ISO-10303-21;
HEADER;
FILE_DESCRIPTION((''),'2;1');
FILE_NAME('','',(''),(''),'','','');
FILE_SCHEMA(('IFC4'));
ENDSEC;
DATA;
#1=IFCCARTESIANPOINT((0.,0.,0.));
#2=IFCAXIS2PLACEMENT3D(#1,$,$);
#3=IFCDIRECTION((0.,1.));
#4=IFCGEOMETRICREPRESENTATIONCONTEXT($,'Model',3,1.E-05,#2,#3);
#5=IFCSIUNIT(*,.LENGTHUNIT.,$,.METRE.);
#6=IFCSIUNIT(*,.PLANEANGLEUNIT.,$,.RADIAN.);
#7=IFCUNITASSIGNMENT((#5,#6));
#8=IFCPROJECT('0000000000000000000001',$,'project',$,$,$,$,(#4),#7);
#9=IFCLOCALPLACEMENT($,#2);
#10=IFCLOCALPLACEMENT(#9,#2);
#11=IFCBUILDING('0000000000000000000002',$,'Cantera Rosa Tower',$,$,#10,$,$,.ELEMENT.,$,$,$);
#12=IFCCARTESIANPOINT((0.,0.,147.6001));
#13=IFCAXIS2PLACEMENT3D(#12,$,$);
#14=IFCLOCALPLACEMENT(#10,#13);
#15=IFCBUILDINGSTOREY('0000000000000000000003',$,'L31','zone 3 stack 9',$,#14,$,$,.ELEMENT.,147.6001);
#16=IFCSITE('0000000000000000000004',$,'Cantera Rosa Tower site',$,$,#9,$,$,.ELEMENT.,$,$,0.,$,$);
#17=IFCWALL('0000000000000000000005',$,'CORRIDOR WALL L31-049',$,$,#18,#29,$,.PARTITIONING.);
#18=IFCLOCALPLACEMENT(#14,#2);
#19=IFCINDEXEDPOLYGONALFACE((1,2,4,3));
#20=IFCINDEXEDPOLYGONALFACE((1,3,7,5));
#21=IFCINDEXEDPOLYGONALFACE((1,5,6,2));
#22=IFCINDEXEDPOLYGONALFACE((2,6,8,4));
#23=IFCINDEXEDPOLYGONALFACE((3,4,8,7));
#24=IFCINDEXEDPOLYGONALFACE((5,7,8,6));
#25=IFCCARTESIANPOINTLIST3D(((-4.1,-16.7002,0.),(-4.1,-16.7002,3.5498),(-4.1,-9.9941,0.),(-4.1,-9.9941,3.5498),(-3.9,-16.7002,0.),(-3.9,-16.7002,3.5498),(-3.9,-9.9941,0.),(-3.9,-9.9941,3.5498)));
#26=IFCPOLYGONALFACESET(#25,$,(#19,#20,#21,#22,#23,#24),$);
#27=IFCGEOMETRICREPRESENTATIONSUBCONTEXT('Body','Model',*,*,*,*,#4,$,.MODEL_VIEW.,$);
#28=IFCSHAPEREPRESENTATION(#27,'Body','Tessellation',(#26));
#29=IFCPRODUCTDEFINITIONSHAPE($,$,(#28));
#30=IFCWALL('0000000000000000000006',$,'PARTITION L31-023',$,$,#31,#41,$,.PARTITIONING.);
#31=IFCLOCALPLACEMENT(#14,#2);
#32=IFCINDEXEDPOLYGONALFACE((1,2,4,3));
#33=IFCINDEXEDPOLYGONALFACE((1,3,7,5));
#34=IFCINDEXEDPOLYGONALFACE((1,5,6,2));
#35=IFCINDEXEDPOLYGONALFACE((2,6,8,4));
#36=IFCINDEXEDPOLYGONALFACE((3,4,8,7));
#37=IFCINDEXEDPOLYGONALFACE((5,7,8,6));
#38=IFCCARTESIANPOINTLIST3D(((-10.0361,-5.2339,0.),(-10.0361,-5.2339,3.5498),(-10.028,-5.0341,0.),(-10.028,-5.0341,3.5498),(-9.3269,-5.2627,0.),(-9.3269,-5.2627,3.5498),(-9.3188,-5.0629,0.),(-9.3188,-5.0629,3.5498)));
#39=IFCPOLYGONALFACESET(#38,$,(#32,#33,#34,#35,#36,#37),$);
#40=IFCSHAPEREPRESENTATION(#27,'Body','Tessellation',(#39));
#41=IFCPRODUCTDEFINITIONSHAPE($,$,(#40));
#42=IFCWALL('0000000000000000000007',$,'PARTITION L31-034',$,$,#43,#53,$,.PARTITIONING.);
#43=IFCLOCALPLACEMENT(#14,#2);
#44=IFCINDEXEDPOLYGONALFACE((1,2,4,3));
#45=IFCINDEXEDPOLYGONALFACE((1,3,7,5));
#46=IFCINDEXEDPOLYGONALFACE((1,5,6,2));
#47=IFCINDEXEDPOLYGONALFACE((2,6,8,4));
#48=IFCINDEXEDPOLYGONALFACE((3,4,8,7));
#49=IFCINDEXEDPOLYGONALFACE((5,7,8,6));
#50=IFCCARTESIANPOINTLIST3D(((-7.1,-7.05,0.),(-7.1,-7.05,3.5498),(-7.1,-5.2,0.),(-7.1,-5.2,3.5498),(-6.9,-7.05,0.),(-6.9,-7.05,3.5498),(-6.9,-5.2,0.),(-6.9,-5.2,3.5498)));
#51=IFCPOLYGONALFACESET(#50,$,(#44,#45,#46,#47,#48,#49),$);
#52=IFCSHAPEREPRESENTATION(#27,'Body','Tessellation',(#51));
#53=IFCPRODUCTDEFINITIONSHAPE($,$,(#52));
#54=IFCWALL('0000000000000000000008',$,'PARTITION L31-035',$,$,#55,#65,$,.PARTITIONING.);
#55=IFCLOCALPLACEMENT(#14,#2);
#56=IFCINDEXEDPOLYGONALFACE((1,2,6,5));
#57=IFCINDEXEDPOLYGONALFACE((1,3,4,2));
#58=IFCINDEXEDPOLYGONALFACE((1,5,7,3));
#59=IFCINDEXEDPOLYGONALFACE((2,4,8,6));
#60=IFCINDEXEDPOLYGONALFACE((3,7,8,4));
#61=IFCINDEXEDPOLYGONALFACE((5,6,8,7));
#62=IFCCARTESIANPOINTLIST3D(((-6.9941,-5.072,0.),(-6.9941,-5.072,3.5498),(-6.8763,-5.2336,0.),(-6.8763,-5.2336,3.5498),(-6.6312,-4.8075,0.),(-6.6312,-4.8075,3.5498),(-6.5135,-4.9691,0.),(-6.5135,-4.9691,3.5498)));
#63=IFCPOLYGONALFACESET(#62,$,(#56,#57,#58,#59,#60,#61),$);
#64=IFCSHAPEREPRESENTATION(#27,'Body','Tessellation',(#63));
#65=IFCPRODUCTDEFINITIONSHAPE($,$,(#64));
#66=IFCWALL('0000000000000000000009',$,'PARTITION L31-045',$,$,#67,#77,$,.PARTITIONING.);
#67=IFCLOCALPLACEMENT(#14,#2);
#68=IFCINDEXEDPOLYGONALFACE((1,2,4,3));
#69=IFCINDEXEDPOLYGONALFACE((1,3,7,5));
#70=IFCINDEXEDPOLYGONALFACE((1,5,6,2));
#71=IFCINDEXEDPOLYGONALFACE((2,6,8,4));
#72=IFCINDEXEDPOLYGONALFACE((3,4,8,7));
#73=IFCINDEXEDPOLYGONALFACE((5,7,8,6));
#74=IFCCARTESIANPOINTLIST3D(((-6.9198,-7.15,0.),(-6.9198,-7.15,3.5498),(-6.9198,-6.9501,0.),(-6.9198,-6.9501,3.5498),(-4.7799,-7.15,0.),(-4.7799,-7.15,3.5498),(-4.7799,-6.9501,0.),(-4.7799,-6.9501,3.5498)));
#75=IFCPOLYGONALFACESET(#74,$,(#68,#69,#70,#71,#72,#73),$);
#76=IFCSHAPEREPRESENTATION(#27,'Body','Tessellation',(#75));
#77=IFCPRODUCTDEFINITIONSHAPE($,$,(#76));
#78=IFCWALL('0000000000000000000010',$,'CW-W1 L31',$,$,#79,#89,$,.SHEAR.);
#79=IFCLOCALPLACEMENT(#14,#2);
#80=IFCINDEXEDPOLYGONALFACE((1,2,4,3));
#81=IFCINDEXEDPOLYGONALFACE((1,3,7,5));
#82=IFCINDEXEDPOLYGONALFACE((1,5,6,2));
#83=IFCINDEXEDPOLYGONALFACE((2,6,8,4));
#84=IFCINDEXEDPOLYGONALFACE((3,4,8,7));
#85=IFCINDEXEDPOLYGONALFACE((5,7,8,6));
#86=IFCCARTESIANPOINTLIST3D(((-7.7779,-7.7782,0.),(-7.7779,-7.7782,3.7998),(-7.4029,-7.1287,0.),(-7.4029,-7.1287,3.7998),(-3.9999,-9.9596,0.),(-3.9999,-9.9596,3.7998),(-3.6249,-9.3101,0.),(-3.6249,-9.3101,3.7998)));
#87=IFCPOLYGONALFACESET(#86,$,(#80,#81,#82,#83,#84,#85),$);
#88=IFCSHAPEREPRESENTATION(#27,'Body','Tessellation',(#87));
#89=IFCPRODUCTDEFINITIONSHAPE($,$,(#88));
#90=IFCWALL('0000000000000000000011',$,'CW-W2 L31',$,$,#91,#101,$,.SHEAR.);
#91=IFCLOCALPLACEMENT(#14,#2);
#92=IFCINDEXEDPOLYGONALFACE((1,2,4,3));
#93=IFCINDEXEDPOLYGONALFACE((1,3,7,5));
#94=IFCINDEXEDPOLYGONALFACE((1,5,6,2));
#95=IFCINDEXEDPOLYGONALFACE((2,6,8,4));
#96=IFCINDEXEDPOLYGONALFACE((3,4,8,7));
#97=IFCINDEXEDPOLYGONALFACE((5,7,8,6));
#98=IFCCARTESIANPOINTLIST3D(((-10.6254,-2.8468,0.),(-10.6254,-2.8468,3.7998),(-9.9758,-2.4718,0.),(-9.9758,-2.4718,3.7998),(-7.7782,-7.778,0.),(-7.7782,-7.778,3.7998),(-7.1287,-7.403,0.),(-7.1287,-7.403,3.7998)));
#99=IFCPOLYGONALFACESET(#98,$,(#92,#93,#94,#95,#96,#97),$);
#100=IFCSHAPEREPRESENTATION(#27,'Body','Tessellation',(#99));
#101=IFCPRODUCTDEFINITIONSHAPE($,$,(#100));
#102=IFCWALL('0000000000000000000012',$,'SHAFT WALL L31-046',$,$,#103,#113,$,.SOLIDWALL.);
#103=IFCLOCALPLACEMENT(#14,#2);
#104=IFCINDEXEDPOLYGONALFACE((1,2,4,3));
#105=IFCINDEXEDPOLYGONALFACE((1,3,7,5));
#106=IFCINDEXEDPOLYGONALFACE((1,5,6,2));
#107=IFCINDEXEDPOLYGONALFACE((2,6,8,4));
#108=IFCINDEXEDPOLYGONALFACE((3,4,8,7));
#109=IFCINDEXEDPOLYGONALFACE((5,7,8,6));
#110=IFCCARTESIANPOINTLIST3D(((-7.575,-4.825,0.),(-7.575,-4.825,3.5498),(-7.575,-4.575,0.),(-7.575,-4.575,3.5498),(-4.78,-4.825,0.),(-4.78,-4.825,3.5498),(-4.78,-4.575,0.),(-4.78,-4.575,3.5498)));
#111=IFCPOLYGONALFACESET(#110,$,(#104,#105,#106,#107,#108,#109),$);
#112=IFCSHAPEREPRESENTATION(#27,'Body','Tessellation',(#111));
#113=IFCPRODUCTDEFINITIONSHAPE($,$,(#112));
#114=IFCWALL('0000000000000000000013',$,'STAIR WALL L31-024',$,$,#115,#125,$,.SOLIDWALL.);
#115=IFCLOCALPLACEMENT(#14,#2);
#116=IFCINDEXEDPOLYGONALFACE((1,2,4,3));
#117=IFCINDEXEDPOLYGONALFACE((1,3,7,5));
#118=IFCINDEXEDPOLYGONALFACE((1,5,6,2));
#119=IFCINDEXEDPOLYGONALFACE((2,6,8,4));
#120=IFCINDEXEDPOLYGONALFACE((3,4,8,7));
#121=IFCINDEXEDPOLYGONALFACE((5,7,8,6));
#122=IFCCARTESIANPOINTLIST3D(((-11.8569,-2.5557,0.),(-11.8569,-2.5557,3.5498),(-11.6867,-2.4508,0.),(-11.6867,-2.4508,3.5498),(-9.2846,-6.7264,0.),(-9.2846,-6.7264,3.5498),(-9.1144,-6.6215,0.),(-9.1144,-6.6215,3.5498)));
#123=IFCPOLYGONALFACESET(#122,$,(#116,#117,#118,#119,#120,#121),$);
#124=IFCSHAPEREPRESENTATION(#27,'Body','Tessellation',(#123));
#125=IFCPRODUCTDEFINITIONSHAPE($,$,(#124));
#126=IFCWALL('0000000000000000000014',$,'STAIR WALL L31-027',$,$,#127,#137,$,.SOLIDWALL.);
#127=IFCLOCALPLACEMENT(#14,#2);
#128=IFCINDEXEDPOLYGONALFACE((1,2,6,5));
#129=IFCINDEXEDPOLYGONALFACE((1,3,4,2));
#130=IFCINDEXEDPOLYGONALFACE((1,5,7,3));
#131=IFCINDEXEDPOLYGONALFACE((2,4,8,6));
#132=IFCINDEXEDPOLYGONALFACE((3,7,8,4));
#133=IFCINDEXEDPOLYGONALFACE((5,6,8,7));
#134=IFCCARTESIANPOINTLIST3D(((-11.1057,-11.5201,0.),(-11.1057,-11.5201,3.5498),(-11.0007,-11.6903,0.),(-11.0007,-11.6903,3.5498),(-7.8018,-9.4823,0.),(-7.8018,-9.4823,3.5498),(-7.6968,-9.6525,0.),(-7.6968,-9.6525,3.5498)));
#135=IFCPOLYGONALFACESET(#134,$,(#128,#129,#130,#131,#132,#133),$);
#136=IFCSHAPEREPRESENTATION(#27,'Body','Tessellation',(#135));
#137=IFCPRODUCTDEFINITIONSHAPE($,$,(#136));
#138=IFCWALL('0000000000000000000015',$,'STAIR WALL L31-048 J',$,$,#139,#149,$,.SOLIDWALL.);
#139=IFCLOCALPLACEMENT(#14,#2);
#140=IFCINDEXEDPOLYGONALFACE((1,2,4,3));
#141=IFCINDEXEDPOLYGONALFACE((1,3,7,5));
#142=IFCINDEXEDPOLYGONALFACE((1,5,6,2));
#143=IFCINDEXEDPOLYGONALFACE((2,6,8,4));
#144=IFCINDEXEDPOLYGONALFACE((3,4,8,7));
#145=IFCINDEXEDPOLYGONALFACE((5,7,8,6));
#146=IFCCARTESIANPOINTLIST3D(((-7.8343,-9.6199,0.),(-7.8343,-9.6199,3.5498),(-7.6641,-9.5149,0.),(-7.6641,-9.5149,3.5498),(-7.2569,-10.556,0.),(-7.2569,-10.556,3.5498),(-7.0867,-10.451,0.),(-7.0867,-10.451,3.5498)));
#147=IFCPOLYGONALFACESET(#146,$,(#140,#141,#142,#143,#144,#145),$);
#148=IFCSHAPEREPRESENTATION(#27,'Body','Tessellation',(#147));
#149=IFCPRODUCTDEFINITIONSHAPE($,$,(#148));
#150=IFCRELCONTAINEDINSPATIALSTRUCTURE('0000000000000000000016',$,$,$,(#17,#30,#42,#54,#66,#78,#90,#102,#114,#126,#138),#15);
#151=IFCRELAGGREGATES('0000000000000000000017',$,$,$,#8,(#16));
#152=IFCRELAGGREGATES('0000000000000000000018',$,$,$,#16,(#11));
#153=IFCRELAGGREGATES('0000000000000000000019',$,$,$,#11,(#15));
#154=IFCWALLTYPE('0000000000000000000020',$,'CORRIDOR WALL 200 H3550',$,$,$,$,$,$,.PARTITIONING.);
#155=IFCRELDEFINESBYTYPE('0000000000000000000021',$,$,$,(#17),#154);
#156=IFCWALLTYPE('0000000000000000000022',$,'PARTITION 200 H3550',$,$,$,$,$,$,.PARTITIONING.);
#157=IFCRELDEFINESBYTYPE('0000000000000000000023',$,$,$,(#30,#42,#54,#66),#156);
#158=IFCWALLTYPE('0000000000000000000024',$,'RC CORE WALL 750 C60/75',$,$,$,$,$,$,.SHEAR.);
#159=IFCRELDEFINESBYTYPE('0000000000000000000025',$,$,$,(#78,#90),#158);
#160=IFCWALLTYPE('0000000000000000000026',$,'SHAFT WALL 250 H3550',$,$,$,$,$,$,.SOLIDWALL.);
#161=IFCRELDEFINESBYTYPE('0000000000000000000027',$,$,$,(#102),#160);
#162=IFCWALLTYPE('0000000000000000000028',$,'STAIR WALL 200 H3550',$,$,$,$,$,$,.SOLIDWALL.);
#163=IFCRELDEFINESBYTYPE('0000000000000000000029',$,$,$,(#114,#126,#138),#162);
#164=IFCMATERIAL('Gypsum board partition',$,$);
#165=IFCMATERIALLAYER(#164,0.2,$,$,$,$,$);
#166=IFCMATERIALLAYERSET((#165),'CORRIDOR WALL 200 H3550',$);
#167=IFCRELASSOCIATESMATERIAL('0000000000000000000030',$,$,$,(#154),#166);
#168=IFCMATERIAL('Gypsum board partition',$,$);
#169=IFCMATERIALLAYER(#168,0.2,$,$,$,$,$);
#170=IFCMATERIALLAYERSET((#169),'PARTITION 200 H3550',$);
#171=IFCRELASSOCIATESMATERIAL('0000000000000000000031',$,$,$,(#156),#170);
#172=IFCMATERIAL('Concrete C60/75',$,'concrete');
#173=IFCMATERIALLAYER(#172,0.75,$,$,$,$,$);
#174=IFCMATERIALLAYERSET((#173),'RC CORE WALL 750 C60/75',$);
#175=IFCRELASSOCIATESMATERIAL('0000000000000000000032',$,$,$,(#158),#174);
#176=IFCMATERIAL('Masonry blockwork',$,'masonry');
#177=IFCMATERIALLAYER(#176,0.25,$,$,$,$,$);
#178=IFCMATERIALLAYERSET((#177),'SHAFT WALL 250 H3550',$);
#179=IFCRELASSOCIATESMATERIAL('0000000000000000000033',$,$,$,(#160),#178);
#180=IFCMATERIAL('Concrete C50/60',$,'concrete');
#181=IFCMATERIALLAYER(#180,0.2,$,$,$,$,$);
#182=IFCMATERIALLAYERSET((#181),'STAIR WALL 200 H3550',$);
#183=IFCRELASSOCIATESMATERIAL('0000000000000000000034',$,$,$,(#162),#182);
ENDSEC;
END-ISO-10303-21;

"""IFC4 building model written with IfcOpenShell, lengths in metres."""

from ifc_helpers import new_model, si_unit, direction, frame, frame_2d, origin, place, context, subcontext, project, spatial, rectangle, extrude, material, layer, layer_set, type_object, element, save


model = new_model("IFC4")

# Units and contexts
model_context = context("Model", 3, precision=1e-05, world=origin(), true_north=direction((0.0, 1.0)))
body_context = subcontext(model_context, "Body", "Model", "MODEL_VIEW")
ifc_project = project(units=[si_unit("LENGTHUNIT", "METRE"), si_unit("PLANEANGLEUNIT", "RADIAN")], contexts=[model_context])

# Site, building, storey
site_placement = place(None, origin())
site = spatial("IfcSite", under=ifc_project, at=site_placement, Name="Cantera Rosa Tower site", CompositionType="ELEMENT", RefElevation=0.0)
building_placement = place(site_placement, origin())
building = spatial("IfcBuilding", under=site, at=building_placement, Name="Cantera Rosa Tower", CompositionType="ELEMENT")
storey_placement = place(building_placement, frame((0.0, 0.0, 147.6001)))
storey = spatial("IfcBuildingStorey", under=building, at=storey_placement, Name="L31", Description="zone 3 stack 9", CompositionType="ELEMENT", Elevation=147.6001)

# Walls
ifc_material_1 = material(Name="Gypsum board partition")
ifc_layer_1 = layer(ifc_material_1, 0.2)
ifc_layer_set_1 = layer_set([ifc_layer_1], Name="CORRIDOR WALL 200 H3550")
wall_type_1 = type_object("IfcWallType", Name="CORRIDOR WALL 200 H3550", PredefinedType="PARTITIONING", material=ifc_layer_set_1)
wall_1_placement = place(storey_placement, frame((-4.0, -9.9941, 0.0), z_axis=(0.0, 0.0, 1.0), x_axis=(0.0, -1.0, 0.0)))
element("IfcWall", 1, at=wall_1_placement, inside=storey, type_object=wall_type_1, Name="CORRIDOR WALL L31-049", PredefinedType="PARTITIONING", context=body_context, shape_type="SweptSolid", body=[
    extrude(rectangle(XDim=6.7061, YDim=0.2, at=frame_2d((3.353, 0.0))), origin(), (0.0, 0.0, 1.0), 3.5498),
])
ifc_material_2 = material(Name="Gypsum board partition")
ifc_layer_2 = layer(ifc_material_2, 0.2)
ifc_layer_set_2 = layer_set([ifc_layer_2], Name="PARTITION 200 H3550")
wall_type_2 = type_object("IfcWallType", Name="PARTITION 200 H3550", PredefinedType="PARTITIONING", material=ifc_layer_set_2)
wall_2_placement = place(storey_placement, frame((-9.3228, -5.1628, 0.0), z_axis=(0.0, 0.0, 1.0), x_axis=(-0.999176, 0.040586, 0.0)))
element("IfcWall", 2, at=wall_2_placement, inside=storey, type_object=wall_type_2, Name="PARTITION L31-023", PredefinedType="PARTITIONING", context=body_context, shape_type="SweptSolid", body=[
    extrude(rectangle(XDim=0.7097, YDim=0.2, at=frame_2d((0.355, 0.0))), origin(), (0.0, 0.0, 1.0), 3.5498),
])
wall_3_placement = place(storey_placement, frame((-7.0, -7.05, 0.0), z_axis=(0.0, 0.0, 1.0), x_axis=(0.0, 1.0, 0.0)))
element("IfcWall", 3, at=wall_3_placement, inside=storey, type_object=wall_type_2, Name="PARTITION L31-034", PredefinedType="PARTITIONING", context=body_context, shape_type="SweptSolid", body=[
    extrude(rectangle(XDim=1.8501, YDim=0.2, at=frame_2d((0.925, 0.0))), origin(), (0.0, 0.0, 1.0), 3.5498),
])
wall_4_placement = place(storey_placement, frame((-6.9353, -5.1528, 0.0), z_axis=(0.0, 0.0, 1.0), x_axis=(0.808148, 0.58898, 0.0)))
element("IfcWall", 4, at=wall_4_placement, inside=storey, type_object=wall_type_2, Name="PARTITION L31-035", PredefinedType="PARTITIONING", context=body_context, shape_type="SweptSolid", body=[
    extrude(rectangle(XDim=0.449, YDim=0.2, at=frame_2d((0.2246, 0.0))), origin(), (0.0, 0.0, 1.0), 3.5498),
])
wall_5_placement = place(storey_placement, frame((-4.78, -7.05, 0.0), z_axis=(0.0, 0.0, 1.0), x_axis=(-1.0, 0.0, 0.0)))
element("IfcWall", 5, at=wall_5_placement, inside=storey, type_object=wall_type_2, Name="PARTITION L31-045", PredefinedType="PARTITIONING", context=body_context, shape_type="SweptSolid", body=[
    extrude(rectangle(XDim=2.1399, YDim=0.2, at=frame_2d((1.0698, 0.0))), origin(), (0.0, 0.0, 1.0), 3.5498),
])
ifc_material_3 = material(Name="Concrete C60/75", Category="concrete")
ifc_layer_3 = layer(ifc_material_3, 0.75)
ifc_layer_set_3 = layer_set([ifc_layer_3], Name="RC CORE WALL 750 C60/75")
wall_type_3 = type_object("IfcWallType", Name="RC CORE WALL 750 C60/75", PredefinedType="SHEAR", material=ifc_layer_set_3)
wall_6_placement = place(storey_placement, frame((-3.8125, -9.6348, 0.0), z_axis=(0.0, 0.0, 1.0), x_axis=(-0.866013, 0.500021, 0.0)))
element("IfcWall", 6, at=wall_6_placement, inside=storey, type_object=wall_type_3, Name="CW-W1 L31", PredefinedType="SHEAR", context=body_context, shape_type="SweptSolid", body=[
    extrude(rectangle(XDim=4.3625, YDim=0.75, at=frame_2d((2.1812, 0.0))), origin(), (0.0, 0.0, 1.0), 3.7998),
])
wall_7_placement = place(storey_placement, frame((-7.4534, -7.5906, 0.0), z_axis=(0.0, 0.0, 1.0), x_axis=(-0.500022, 0.866013, 0.0)))
element("IfcWall", 7, at=wall_7_placement, inside=storey, type_object=wall_type_3, Name="CW-W2 L31", PredefinedType="SHEAR", context=body_context, shape_type="SweptSolid", body=[
    extrude(rectangle(XDim=5.6941, YDim=0.75, at=frame_2d((2.8472, 0.0))), origin(), (0.0, 0.0, 1.0), 3.7998),
])
ifc_material_4 = material(Name="Masonry blockwork", Category="masonry")
ifc_layer_4 = layer(ifc_material_4, 0.25)
ifc_layer_set_4 = layer_set([ifc_layer_4], Name="SHAFT WALL 250 H3550")
wall_type_4 = type_object("IfcWallType", Name="SHAFT WALL 250 H3550", PredefinedType="SOLIDWALL", material=ifc_layer_set_4)
wall_8_placement = place(storey_placement, frame((-4.78, -4.7, 0.0), z_axis=(0.0, 0.0, 1.0), x_axis=(-1.0, 0.0, 0.0)))
element("IfcWall", 8, at=wall_8_placement, inside=storey, type_object=wall_type_4, Name="SHAFT WALL L31-046", PredefinedType="SOLIDWALL", context=body_context, shape_type="SweptSolid", body=[
    extrude(rectangle(XDim=2.7949, YDim=0.25, at=frame_2d((1.3975, 0.0))), origin(), (0.0, 0.0, 1.0), 3.5498),
])
ifc_material_5 = material(Name="Concrete C50/60", Category="concrete")
ifc_layer_5 = layer(ifc_material_5, 0.2)
ifc_layer_set_5 = layer_set([ifc_layer_5], Name="STAIR WALL 200 H3550")
wall_type_5 = type_object("IfcWallType", Name="STAIR WALL 200 H3550", PredefinedType="SOLIDWALL", material=ifc_layer_set_5)
wall_9_placement = place(storey_placement, frame((-9.1995, -6.6741, 0.0), z_axis=(0.0, 0.0, 1.0), x_axis=(-0.524942, 0.851138, 0.0)))
element("IfcWall", 9, at=wall_9_placement, inside=storey, type_object=wall_type_5, Name="STAIR WALL L31-024", PredefinedType="SOLIDWALL", context=body_context, shape_type="SweptSolid", body=[
    extrude(rectangle(XDim=4.9001, YDim=0.2, at=frame_2d((2.4502, 0.0))), origin(), (0.0, 0.0, 1.0), 3.5498),
])
wall_10_placement = place(storey_placement, frame((-7.7493, -9.5674, 0.0), z_axis=(0.0, 0.0, 1.0), x_axis=(-0.851125, -0.524964, 0.0)))
element("IfcWall", 10, at=wall_10_placement, inside=storey, type_object=wall_type_5, Name="STAIR WALL L31-027", PredefinedType="SOLIDWALL", context=body_context, shape_type="SweptSolid", body=[
    extrude(rectangle(XDim=3.8818, YDim=0.2, at=frame_2d((1.9409, 0.0))), origin(), (0.0, 0.0, 1.0), 3.5498),
])
wall_11_placement = place(storey_placement, frame((-7.1719, -10.5034, 0.0), z_axis=(0.0, 0.0, 1.0), x_axis=(-0.525001, 0.851101, 0.0)))
element("IfcWall", 11, at=wall_11_placement, inside=storey, type_object=wall_type_5, Name="STAIR WALL L31-048 J", PredefinedType="SOLIDWALL", context=body_context, shape_type="SweptSolid", body=[
    extrude(rectangle(XDim=1.0999, YDim=0.2, at=frame_2d((0.5498, 0.0))), origin(), (0.0, 0.0, 1.0), 3.5498),
])

save(model, "model.ifc")
